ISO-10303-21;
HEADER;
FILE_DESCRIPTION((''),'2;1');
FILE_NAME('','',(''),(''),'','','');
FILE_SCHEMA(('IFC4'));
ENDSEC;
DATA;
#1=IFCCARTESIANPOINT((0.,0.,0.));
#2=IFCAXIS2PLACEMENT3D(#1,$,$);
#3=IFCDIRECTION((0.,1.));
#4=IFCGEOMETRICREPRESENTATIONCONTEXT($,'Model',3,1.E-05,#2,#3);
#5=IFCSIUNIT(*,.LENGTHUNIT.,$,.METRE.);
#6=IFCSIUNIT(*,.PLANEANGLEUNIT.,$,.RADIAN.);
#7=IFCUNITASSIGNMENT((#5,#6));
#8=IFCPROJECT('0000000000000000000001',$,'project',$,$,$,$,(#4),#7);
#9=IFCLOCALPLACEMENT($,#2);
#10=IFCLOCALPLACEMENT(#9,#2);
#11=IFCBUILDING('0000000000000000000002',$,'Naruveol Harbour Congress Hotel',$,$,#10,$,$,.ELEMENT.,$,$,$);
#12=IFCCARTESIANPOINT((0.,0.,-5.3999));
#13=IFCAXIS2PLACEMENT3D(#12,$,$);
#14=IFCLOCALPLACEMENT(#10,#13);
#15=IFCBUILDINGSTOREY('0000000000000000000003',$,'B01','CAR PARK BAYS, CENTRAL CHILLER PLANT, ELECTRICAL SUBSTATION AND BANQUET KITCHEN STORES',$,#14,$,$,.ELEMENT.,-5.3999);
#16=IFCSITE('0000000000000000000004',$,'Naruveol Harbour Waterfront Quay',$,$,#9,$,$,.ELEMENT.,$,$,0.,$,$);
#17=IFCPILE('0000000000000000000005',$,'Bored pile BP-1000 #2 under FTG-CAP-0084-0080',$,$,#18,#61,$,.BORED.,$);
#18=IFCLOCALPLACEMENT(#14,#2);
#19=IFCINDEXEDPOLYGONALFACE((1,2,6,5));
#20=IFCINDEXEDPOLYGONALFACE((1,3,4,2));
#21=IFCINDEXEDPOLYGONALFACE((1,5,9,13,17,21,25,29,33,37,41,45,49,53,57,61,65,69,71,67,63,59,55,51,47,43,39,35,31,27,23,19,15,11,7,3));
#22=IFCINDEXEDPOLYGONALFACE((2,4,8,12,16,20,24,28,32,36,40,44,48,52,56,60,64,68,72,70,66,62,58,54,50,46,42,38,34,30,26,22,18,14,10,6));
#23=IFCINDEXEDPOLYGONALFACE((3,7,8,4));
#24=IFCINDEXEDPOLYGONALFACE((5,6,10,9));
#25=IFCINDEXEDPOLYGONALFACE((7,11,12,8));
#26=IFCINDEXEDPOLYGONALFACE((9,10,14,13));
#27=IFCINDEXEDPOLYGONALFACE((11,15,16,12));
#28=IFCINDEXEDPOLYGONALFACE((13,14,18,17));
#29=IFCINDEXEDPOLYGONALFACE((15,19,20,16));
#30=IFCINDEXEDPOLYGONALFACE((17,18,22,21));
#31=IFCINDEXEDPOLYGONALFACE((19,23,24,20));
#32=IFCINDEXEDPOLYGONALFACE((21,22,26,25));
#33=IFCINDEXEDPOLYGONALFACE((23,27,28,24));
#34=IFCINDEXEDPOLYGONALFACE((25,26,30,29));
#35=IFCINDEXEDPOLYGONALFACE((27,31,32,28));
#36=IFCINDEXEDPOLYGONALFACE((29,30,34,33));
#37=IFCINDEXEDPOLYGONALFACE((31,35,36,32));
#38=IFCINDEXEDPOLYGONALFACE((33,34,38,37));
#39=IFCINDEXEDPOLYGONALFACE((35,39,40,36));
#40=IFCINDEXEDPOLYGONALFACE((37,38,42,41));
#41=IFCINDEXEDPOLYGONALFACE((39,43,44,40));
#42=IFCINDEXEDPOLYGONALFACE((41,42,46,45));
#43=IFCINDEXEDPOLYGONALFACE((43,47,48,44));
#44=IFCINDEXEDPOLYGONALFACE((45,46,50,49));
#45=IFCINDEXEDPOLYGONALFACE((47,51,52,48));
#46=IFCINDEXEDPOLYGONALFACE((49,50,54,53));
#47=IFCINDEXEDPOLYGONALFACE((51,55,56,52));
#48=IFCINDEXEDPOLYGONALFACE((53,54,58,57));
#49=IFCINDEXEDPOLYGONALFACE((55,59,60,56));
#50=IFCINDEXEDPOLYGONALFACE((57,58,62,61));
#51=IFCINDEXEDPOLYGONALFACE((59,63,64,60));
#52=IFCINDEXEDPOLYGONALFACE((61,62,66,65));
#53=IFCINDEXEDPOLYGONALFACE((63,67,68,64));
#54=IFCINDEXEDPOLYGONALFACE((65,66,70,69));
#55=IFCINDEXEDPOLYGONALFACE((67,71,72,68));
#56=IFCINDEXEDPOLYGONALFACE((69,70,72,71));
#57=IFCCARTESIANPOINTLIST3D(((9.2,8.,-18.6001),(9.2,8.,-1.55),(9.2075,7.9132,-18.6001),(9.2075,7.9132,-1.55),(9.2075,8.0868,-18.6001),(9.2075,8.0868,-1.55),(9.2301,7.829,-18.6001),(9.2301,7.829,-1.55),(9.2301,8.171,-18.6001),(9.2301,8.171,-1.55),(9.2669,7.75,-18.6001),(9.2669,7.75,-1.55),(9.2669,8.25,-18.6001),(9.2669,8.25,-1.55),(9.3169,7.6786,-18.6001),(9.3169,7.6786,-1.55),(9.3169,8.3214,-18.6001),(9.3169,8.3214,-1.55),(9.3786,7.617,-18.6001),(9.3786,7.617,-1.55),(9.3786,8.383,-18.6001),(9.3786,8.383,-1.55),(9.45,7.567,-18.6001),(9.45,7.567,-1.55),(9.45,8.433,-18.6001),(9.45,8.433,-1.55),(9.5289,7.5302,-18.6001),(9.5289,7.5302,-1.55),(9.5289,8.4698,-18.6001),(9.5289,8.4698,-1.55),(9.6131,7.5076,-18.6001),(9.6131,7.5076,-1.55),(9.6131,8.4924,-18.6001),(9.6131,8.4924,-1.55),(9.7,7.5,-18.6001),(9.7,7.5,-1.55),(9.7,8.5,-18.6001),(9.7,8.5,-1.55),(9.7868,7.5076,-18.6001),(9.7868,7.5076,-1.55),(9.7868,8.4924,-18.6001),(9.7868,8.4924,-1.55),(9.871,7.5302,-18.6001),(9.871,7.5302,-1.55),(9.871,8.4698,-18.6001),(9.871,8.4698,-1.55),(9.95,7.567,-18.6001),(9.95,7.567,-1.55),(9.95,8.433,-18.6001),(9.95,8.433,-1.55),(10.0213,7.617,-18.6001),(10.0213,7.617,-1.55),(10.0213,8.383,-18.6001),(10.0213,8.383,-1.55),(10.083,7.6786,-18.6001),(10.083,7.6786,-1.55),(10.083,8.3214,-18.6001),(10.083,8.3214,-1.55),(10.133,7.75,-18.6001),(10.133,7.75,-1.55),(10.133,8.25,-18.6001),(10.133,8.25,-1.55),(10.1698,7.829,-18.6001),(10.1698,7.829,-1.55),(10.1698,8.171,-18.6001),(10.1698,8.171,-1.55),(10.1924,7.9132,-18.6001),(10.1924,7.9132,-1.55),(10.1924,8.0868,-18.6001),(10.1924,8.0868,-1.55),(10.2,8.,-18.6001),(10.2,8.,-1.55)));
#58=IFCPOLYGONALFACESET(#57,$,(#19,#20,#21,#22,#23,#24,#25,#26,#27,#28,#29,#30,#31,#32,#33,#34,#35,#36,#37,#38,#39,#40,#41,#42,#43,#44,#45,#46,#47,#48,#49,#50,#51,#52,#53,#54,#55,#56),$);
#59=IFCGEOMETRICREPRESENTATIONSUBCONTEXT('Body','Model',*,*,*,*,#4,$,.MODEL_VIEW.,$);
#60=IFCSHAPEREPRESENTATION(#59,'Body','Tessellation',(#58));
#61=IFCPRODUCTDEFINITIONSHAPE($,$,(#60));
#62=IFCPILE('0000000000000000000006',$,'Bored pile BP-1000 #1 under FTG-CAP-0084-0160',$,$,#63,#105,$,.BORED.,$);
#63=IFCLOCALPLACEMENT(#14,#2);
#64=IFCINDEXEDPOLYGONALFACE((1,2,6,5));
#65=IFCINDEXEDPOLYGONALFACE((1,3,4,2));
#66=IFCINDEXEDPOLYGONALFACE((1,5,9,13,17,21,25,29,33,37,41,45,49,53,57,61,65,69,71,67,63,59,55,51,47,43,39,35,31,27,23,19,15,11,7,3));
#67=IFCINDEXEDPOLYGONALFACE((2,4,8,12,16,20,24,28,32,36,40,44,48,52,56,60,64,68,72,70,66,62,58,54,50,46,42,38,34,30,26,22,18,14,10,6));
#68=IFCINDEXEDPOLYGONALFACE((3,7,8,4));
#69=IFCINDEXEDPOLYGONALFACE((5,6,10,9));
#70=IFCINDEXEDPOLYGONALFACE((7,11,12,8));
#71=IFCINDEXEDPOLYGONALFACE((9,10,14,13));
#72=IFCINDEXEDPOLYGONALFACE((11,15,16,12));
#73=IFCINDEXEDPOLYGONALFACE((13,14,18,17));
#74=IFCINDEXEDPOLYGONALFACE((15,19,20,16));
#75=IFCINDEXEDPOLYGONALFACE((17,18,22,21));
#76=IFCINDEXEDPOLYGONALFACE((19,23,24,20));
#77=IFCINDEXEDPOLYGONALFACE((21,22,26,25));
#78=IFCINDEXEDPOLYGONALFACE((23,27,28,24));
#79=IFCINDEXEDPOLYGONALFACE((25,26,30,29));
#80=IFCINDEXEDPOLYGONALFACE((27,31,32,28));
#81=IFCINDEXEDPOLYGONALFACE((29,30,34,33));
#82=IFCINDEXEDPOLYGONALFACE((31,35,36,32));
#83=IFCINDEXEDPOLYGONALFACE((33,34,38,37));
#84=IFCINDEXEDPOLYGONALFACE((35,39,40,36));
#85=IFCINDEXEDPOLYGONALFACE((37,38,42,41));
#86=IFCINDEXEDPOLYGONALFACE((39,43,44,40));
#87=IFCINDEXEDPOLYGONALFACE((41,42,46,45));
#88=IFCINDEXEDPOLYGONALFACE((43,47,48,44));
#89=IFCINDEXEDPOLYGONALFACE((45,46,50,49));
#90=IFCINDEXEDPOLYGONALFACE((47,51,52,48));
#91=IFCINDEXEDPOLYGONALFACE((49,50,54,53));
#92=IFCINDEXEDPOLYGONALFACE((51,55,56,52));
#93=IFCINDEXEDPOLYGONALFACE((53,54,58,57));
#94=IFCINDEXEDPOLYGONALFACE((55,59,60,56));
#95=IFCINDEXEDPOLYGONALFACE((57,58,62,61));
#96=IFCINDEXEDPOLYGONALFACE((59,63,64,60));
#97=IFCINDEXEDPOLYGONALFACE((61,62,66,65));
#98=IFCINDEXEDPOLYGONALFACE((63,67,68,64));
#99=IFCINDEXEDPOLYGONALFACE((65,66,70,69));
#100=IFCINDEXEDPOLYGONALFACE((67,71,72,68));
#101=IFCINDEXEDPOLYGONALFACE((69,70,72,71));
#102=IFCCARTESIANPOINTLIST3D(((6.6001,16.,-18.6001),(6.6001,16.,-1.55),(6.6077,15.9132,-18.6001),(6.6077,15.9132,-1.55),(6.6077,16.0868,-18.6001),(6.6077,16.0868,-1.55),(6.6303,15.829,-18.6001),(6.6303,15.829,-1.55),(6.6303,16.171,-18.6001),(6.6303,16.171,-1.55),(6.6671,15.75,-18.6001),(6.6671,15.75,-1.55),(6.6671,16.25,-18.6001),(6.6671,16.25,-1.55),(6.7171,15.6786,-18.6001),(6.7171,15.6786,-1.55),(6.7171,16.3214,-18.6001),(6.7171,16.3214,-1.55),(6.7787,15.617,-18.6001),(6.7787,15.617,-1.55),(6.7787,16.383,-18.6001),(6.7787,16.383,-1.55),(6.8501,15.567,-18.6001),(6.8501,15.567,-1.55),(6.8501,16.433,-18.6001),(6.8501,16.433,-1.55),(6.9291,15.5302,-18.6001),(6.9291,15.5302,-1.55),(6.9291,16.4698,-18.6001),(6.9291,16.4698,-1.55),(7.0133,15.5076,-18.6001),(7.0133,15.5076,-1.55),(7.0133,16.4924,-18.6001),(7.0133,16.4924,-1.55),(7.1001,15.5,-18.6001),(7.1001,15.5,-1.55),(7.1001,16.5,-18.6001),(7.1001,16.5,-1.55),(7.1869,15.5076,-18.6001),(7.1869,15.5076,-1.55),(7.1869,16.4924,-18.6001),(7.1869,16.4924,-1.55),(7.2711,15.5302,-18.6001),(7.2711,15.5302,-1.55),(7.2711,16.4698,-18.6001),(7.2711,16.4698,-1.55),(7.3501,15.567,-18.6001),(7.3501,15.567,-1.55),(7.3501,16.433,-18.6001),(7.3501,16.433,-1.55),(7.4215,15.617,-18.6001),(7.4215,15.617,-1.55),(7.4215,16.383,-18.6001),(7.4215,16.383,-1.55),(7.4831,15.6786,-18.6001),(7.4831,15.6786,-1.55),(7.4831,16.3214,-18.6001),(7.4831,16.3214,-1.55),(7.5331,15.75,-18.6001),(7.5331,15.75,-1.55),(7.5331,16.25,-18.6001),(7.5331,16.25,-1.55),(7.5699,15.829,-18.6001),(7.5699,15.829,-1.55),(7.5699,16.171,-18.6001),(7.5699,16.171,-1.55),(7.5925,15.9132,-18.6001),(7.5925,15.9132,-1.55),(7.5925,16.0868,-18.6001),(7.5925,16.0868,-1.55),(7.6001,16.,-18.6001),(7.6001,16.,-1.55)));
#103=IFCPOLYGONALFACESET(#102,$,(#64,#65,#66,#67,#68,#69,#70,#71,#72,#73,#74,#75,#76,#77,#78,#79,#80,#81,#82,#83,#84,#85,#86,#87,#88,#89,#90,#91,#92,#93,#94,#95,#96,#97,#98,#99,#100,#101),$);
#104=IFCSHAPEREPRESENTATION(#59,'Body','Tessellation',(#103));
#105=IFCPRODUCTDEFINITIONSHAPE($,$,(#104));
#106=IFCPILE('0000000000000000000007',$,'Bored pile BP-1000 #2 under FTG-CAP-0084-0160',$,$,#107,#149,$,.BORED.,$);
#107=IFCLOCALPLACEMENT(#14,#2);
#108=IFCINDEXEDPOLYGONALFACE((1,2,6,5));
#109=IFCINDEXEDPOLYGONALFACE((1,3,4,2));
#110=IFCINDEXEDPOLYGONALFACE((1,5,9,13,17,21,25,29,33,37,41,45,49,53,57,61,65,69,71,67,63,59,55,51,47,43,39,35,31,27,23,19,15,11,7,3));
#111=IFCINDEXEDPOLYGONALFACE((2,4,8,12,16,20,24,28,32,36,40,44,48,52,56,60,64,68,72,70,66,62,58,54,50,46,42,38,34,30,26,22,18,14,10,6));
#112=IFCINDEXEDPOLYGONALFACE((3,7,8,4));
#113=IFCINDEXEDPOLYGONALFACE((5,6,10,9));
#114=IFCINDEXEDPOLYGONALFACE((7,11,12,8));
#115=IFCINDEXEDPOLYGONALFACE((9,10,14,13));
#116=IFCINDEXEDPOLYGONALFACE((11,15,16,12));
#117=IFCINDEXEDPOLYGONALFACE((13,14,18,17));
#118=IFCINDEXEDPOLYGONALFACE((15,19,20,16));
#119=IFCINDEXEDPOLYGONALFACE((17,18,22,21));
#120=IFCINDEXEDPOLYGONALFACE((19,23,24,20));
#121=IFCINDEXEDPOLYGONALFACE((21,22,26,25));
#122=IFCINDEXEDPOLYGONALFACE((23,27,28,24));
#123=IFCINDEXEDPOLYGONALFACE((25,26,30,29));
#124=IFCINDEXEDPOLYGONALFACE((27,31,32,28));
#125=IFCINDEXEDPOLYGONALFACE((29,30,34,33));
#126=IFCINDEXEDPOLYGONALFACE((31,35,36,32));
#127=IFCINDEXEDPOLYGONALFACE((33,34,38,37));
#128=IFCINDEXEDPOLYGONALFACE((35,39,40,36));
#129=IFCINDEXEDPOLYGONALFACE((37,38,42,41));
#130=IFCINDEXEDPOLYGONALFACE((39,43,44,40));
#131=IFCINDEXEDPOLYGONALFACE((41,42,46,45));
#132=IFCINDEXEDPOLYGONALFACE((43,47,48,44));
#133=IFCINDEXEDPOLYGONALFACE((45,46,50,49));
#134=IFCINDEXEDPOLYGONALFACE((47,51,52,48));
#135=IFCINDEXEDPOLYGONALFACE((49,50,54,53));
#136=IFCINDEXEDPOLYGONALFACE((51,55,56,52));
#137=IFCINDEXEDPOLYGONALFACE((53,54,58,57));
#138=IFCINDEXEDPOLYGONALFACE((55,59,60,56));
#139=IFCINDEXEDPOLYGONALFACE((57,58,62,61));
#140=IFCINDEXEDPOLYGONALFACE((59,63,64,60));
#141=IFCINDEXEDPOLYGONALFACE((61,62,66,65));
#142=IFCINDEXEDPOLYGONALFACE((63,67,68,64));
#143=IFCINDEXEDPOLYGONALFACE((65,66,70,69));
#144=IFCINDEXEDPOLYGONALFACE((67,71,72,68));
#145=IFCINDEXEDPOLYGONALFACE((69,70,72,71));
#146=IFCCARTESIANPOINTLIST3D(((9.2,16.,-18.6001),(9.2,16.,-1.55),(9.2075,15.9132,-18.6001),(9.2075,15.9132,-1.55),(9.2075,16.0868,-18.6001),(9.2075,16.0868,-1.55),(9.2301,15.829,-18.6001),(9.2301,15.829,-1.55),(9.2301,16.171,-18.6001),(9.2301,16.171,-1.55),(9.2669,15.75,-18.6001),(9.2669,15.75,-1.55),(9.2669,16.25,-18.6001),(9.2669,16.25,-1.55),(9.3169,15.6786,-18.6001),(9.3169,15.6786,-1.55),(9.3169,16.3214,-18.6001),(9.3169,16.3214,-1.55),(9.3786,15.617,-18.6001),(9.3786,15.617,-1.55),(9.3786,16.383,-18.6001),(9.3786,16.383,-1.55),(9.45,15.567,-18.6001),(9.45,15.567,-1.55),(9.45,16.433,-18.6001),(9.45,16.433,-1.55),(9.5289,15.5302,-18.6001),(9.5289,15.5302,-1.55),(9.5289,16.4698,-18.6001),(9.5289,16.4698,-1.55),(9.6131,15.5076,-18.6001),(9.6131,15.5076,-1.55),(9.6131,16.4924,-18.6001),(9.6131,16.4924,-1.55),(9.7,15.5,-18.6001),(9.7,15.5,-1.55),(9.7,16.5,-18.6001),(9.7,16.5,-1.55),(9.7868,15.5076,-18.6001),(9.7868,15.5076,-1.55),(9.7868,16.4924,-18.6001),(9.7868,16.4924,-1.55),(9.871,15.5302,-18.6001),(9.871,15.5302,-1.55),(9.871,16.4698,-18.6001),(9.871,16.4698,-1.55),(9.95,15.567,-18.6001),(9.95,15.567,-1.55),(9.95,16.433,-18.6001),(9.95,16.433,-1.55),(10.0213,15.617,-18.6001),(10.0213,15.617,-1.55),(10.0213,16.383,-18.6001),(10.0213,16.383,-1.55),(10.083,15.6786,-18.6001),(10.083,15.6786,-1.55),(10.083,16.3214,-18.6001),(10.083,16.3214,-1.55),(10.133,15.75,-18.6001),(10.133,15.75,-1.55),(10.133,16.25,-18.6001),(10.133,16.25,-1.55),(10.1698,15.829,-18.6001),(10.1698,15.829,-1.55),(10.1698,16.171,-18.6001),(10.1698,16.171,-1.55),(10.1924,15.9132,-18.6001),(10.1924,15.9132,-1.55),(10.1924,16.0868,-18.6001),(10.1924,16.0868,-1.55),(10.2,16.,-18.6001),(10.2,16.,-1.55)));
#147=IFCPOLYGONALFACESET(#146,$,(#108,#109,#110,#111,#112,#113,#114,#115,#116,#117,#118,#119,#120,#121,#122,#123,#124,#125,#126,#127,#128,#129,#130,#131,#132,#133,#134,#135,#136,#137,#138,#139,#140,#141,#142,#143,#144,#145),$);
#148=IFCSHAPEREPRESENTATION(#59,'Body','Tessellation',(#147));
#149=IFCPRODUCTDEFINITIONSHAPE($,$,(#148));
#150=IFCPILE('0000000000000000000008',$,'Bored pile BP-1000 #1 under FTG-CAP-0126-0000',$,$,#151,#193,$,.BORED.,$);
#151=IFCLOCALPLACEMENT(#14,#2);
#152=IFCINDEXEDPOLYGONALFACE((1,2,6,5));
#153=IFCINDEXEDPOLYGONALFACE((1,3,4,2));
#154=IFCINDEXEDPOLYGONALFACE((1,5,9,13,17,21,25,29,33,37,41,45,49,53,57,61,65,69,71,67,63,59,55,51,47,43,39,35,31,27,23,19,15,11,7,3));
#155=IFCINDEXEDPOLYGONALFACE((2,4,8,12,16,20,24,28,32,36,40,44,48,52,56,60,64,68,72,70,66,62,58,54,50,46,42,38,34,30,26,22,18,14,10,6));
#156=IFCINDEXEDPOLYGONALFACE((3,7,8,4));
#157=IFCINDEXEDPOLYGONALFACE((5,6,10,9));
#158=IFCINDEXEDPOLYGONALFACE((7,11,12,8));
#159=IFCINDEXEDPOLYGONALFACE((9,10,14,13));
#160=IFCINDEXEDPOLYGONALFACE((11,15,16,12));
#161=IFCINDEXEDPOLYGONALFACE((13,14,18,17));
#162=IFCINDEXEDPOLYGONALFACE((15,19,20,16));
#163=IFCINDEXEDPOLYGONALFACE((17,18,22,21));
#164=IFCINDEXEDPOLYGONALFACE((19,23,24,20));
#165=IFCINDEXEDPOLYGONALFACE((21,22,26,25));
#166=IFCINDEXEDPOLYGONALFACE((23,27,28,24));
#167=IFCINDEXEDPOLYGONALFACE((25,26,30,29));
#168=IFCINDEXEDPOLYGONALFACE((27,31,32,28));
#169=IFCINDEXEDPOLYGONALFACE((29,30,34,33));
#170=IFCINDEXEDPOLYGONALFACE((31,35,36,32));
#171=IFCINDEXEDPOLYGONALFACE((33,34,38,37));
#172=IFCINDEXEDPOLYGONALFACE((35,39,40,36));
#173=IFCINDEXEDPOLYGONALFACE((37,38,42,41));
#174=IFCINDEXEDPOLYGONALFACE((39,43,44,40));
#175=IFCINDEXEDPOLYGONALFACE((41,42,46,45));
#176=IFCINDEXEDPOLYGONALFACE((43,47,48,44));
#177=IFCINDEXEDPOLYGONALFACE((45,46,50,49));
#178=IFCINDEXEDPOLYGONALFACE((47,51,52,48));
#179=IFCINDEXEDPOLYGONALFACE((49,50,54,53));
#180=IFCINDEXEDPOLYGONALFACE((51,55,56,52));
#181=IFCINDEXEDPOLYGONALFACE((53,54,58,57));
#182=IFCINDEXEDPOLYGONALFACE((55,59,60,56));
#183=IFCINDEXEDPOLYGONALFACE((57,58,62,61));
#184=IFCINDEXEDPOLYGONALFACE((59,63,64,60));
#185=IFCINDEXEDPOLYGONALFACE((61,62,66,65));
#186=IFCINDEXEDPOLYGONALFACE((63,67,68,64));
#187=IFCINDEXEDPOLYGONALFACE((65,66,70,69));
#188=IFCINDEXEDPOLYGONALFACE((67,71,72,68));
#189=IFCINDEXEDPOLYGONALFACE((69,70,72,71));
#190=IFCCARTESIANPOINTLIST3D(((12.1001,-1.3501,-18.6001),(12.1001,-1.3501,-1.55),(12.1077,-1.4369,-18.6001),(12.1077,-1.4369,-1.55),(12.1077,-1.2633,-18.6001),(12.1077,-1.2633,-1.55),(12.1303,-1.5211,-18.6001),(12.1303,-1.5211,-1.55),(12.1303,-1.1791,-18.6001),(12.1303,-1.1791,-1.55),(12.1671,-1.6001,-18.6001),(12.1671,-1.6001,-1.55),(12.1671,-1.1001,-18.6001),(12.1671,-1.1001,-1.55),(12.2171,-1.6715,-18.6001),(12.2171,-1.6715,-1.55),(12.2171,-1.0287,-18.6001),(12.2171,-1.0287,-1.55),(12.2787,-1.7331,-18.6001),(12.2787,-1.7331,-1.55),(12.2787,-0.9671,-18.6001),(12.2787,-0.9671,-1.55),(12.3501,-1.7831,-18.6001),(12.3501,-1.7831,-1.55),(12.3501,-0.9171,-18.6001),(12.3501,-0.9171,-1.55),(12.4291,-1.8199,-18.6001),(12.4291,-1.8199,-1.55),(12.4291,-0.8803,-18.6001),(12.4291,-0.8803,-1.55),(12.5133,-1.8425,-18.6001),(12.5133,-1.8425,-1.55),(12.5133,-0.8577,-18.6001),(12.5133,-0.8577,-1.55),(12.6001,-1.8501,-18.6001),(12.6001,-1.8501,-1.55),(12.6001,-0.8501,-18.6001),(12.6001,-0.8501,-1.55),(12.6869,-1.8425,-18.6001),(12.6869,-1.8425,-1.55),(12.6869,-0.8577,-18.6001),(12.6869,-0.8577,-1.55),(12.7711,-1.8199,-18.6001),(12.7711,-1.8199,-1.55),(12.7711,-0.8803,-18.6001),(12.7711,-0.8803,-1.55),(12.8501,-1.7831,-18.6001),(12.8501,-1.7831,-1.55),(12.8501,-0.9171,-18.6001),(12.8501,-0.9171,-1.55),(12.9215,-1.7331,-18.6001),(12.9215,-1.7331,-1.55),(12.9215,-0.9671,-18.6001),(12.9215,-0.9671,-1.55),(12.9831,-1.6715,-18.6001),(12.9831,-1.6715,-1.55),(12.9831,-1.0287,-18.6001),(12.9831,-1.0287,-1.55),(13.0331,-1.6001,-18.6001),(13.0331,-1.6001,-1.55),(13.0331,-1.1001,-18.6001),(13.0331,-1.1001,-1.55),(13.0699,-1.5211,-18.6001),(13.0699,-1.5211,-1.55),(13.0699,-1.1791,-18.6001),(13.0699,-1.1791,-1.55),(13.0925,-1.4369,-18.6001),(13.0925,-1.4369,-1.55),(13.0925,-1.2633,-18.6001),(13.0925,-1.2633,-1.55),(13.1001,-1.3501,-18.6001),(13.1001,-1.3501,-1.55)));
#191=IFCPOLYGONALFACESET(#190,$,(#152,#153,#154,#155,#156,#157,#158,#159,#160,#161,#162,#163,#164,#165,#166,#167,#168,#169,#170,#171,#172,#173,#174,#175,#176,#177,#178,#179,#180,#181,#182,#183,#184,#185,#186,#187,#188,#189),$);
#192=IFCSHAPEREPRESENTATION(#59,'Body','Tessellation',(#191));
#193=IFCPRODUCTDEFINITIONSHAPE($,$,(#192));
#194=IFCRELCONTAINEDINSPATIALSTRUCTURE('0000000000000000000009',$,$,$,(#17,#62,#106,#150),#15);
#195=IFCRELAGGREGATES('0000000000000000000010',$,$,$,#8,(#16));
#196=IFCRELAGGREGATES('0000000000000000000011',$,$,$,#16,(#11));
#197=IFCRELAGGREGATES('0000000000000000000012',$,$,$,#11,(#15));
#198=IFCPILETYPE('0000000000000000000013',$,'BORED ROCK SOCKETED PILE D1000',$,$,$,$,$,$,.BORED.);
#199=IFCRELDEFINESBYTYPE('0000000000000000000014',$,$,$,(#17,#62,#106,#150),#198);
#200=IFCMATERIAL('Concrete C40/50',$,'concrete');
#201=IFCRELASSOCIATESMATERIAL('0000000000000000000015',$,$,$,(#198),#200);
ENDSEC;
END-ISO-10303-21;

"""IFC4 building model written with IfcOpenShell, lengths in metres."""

from ifc_helpers import new_model, si_unit, direction, frame, origin, origin_2d, place, context, subcontext, project, spatial, circle, extrude, material, material_profile, profile_set, type_object, element, save


model = new_model("IFC4")

# Units and contexts
model_context = context("Model", 3, precision=1e-05, world=origin(), true_north=direction((0.0, 1.0)))
body_context = subcontext(model_context, "Body", "Model", "MODEL_VIEW")
ifc_project = project(units=[si_unit("LENGTHUNIT", "METRE"), si_unit("PLANEANGLEUNIT", "RADIAN")], contexts=[model_context])

# Site, building, storey
site_placement = place(None, origin())
site = spatial("IfcSite", under=ifc_project, at=site_placement, Name="Naruveol Harbour Waterfront Quay", CompositionType="ELEMENT", RefElevation=0.0)
building_placement = place(site_placement, origin())
building = spatial("IfcBuilding", under=site, at=building_placement, Name="Naruveol Harbour Congress Hotel", CompositionType="ELEMENT")
storey_placement = place(building_placement, frame((0.0, 0.0, -5.3999)))
storey = spatial("IfcBuildingStorey", under=building, at=storey_placement, Name="B01", Description="CAR PARK BAYS, CENTRAL CHILLER PLANT, ELECTRICAL SUBSTATION AND BANQUET KITCHEN STORES", CompositionType="ELEMENT", Elevation=-5.3999)

# Piles
ifc_material_1 = material(Name="Concrete C40/50", Category="concrete")
ifc_material_profile_1 = material_profile(ifc_material_1, circle(Radius=0.5, at=origin_2d()), Name="BP-1000")
ifc_profile_set_1 = profile_set([ifc_material_profile_1], Name="Concrete C40/50")
pile_type_1 = type_object("IfcPileType", Name="BORED ROCK SOCKETED PILE D1000", PredefinedType="BORED", material=ifc_profile_set_1)
for number, where, z_axis, x_axis, name in (
    (1, (9.7, 8.0, -1.55), (0.0, 0.0, -1.0), (1.0, 0.0, 0.0), "Bored pile BP-1000 #2 under FTG-CAP-0084-0080"),
    (2, (7.1001, 16.0, -1.55), (0.0, 0.0, -1.0), (1.0, 0.0, 0.0), "Bored pile BP-1000 #1 under FTG-CAP-0084-0160"),
    (3, (9.7, 16.0, -1.55), (0.0, 0.0, -1.0), (1.0, 0.0, 0.0), "Bored pile BP-1000 #2 under FTG-CAP-0084-0160"),
    (4, (12.6001, -1.3501, -1.55), (0.0, 0.0, -1.0), (1.0, 0.0, 0.0), "Bored pile BP-1000 #1 under FTG-CAP-0126-0000"),
):
    element("IfcPile", number, at=place(storey_placement, frame(where, z_axis=z_axis, x_axis=x_axis)), inside=storey, type_object=pile_type_1, Name=name, PredefinedType="BORED", context=body_context, shape_type="SweptSolid", body=[
        extrude(circle(Radius=0.5, at=origin_2d()), origin(), (0.0, 0.0, 1.0), 17.05),
    ])

save(model, "model.ifc")
